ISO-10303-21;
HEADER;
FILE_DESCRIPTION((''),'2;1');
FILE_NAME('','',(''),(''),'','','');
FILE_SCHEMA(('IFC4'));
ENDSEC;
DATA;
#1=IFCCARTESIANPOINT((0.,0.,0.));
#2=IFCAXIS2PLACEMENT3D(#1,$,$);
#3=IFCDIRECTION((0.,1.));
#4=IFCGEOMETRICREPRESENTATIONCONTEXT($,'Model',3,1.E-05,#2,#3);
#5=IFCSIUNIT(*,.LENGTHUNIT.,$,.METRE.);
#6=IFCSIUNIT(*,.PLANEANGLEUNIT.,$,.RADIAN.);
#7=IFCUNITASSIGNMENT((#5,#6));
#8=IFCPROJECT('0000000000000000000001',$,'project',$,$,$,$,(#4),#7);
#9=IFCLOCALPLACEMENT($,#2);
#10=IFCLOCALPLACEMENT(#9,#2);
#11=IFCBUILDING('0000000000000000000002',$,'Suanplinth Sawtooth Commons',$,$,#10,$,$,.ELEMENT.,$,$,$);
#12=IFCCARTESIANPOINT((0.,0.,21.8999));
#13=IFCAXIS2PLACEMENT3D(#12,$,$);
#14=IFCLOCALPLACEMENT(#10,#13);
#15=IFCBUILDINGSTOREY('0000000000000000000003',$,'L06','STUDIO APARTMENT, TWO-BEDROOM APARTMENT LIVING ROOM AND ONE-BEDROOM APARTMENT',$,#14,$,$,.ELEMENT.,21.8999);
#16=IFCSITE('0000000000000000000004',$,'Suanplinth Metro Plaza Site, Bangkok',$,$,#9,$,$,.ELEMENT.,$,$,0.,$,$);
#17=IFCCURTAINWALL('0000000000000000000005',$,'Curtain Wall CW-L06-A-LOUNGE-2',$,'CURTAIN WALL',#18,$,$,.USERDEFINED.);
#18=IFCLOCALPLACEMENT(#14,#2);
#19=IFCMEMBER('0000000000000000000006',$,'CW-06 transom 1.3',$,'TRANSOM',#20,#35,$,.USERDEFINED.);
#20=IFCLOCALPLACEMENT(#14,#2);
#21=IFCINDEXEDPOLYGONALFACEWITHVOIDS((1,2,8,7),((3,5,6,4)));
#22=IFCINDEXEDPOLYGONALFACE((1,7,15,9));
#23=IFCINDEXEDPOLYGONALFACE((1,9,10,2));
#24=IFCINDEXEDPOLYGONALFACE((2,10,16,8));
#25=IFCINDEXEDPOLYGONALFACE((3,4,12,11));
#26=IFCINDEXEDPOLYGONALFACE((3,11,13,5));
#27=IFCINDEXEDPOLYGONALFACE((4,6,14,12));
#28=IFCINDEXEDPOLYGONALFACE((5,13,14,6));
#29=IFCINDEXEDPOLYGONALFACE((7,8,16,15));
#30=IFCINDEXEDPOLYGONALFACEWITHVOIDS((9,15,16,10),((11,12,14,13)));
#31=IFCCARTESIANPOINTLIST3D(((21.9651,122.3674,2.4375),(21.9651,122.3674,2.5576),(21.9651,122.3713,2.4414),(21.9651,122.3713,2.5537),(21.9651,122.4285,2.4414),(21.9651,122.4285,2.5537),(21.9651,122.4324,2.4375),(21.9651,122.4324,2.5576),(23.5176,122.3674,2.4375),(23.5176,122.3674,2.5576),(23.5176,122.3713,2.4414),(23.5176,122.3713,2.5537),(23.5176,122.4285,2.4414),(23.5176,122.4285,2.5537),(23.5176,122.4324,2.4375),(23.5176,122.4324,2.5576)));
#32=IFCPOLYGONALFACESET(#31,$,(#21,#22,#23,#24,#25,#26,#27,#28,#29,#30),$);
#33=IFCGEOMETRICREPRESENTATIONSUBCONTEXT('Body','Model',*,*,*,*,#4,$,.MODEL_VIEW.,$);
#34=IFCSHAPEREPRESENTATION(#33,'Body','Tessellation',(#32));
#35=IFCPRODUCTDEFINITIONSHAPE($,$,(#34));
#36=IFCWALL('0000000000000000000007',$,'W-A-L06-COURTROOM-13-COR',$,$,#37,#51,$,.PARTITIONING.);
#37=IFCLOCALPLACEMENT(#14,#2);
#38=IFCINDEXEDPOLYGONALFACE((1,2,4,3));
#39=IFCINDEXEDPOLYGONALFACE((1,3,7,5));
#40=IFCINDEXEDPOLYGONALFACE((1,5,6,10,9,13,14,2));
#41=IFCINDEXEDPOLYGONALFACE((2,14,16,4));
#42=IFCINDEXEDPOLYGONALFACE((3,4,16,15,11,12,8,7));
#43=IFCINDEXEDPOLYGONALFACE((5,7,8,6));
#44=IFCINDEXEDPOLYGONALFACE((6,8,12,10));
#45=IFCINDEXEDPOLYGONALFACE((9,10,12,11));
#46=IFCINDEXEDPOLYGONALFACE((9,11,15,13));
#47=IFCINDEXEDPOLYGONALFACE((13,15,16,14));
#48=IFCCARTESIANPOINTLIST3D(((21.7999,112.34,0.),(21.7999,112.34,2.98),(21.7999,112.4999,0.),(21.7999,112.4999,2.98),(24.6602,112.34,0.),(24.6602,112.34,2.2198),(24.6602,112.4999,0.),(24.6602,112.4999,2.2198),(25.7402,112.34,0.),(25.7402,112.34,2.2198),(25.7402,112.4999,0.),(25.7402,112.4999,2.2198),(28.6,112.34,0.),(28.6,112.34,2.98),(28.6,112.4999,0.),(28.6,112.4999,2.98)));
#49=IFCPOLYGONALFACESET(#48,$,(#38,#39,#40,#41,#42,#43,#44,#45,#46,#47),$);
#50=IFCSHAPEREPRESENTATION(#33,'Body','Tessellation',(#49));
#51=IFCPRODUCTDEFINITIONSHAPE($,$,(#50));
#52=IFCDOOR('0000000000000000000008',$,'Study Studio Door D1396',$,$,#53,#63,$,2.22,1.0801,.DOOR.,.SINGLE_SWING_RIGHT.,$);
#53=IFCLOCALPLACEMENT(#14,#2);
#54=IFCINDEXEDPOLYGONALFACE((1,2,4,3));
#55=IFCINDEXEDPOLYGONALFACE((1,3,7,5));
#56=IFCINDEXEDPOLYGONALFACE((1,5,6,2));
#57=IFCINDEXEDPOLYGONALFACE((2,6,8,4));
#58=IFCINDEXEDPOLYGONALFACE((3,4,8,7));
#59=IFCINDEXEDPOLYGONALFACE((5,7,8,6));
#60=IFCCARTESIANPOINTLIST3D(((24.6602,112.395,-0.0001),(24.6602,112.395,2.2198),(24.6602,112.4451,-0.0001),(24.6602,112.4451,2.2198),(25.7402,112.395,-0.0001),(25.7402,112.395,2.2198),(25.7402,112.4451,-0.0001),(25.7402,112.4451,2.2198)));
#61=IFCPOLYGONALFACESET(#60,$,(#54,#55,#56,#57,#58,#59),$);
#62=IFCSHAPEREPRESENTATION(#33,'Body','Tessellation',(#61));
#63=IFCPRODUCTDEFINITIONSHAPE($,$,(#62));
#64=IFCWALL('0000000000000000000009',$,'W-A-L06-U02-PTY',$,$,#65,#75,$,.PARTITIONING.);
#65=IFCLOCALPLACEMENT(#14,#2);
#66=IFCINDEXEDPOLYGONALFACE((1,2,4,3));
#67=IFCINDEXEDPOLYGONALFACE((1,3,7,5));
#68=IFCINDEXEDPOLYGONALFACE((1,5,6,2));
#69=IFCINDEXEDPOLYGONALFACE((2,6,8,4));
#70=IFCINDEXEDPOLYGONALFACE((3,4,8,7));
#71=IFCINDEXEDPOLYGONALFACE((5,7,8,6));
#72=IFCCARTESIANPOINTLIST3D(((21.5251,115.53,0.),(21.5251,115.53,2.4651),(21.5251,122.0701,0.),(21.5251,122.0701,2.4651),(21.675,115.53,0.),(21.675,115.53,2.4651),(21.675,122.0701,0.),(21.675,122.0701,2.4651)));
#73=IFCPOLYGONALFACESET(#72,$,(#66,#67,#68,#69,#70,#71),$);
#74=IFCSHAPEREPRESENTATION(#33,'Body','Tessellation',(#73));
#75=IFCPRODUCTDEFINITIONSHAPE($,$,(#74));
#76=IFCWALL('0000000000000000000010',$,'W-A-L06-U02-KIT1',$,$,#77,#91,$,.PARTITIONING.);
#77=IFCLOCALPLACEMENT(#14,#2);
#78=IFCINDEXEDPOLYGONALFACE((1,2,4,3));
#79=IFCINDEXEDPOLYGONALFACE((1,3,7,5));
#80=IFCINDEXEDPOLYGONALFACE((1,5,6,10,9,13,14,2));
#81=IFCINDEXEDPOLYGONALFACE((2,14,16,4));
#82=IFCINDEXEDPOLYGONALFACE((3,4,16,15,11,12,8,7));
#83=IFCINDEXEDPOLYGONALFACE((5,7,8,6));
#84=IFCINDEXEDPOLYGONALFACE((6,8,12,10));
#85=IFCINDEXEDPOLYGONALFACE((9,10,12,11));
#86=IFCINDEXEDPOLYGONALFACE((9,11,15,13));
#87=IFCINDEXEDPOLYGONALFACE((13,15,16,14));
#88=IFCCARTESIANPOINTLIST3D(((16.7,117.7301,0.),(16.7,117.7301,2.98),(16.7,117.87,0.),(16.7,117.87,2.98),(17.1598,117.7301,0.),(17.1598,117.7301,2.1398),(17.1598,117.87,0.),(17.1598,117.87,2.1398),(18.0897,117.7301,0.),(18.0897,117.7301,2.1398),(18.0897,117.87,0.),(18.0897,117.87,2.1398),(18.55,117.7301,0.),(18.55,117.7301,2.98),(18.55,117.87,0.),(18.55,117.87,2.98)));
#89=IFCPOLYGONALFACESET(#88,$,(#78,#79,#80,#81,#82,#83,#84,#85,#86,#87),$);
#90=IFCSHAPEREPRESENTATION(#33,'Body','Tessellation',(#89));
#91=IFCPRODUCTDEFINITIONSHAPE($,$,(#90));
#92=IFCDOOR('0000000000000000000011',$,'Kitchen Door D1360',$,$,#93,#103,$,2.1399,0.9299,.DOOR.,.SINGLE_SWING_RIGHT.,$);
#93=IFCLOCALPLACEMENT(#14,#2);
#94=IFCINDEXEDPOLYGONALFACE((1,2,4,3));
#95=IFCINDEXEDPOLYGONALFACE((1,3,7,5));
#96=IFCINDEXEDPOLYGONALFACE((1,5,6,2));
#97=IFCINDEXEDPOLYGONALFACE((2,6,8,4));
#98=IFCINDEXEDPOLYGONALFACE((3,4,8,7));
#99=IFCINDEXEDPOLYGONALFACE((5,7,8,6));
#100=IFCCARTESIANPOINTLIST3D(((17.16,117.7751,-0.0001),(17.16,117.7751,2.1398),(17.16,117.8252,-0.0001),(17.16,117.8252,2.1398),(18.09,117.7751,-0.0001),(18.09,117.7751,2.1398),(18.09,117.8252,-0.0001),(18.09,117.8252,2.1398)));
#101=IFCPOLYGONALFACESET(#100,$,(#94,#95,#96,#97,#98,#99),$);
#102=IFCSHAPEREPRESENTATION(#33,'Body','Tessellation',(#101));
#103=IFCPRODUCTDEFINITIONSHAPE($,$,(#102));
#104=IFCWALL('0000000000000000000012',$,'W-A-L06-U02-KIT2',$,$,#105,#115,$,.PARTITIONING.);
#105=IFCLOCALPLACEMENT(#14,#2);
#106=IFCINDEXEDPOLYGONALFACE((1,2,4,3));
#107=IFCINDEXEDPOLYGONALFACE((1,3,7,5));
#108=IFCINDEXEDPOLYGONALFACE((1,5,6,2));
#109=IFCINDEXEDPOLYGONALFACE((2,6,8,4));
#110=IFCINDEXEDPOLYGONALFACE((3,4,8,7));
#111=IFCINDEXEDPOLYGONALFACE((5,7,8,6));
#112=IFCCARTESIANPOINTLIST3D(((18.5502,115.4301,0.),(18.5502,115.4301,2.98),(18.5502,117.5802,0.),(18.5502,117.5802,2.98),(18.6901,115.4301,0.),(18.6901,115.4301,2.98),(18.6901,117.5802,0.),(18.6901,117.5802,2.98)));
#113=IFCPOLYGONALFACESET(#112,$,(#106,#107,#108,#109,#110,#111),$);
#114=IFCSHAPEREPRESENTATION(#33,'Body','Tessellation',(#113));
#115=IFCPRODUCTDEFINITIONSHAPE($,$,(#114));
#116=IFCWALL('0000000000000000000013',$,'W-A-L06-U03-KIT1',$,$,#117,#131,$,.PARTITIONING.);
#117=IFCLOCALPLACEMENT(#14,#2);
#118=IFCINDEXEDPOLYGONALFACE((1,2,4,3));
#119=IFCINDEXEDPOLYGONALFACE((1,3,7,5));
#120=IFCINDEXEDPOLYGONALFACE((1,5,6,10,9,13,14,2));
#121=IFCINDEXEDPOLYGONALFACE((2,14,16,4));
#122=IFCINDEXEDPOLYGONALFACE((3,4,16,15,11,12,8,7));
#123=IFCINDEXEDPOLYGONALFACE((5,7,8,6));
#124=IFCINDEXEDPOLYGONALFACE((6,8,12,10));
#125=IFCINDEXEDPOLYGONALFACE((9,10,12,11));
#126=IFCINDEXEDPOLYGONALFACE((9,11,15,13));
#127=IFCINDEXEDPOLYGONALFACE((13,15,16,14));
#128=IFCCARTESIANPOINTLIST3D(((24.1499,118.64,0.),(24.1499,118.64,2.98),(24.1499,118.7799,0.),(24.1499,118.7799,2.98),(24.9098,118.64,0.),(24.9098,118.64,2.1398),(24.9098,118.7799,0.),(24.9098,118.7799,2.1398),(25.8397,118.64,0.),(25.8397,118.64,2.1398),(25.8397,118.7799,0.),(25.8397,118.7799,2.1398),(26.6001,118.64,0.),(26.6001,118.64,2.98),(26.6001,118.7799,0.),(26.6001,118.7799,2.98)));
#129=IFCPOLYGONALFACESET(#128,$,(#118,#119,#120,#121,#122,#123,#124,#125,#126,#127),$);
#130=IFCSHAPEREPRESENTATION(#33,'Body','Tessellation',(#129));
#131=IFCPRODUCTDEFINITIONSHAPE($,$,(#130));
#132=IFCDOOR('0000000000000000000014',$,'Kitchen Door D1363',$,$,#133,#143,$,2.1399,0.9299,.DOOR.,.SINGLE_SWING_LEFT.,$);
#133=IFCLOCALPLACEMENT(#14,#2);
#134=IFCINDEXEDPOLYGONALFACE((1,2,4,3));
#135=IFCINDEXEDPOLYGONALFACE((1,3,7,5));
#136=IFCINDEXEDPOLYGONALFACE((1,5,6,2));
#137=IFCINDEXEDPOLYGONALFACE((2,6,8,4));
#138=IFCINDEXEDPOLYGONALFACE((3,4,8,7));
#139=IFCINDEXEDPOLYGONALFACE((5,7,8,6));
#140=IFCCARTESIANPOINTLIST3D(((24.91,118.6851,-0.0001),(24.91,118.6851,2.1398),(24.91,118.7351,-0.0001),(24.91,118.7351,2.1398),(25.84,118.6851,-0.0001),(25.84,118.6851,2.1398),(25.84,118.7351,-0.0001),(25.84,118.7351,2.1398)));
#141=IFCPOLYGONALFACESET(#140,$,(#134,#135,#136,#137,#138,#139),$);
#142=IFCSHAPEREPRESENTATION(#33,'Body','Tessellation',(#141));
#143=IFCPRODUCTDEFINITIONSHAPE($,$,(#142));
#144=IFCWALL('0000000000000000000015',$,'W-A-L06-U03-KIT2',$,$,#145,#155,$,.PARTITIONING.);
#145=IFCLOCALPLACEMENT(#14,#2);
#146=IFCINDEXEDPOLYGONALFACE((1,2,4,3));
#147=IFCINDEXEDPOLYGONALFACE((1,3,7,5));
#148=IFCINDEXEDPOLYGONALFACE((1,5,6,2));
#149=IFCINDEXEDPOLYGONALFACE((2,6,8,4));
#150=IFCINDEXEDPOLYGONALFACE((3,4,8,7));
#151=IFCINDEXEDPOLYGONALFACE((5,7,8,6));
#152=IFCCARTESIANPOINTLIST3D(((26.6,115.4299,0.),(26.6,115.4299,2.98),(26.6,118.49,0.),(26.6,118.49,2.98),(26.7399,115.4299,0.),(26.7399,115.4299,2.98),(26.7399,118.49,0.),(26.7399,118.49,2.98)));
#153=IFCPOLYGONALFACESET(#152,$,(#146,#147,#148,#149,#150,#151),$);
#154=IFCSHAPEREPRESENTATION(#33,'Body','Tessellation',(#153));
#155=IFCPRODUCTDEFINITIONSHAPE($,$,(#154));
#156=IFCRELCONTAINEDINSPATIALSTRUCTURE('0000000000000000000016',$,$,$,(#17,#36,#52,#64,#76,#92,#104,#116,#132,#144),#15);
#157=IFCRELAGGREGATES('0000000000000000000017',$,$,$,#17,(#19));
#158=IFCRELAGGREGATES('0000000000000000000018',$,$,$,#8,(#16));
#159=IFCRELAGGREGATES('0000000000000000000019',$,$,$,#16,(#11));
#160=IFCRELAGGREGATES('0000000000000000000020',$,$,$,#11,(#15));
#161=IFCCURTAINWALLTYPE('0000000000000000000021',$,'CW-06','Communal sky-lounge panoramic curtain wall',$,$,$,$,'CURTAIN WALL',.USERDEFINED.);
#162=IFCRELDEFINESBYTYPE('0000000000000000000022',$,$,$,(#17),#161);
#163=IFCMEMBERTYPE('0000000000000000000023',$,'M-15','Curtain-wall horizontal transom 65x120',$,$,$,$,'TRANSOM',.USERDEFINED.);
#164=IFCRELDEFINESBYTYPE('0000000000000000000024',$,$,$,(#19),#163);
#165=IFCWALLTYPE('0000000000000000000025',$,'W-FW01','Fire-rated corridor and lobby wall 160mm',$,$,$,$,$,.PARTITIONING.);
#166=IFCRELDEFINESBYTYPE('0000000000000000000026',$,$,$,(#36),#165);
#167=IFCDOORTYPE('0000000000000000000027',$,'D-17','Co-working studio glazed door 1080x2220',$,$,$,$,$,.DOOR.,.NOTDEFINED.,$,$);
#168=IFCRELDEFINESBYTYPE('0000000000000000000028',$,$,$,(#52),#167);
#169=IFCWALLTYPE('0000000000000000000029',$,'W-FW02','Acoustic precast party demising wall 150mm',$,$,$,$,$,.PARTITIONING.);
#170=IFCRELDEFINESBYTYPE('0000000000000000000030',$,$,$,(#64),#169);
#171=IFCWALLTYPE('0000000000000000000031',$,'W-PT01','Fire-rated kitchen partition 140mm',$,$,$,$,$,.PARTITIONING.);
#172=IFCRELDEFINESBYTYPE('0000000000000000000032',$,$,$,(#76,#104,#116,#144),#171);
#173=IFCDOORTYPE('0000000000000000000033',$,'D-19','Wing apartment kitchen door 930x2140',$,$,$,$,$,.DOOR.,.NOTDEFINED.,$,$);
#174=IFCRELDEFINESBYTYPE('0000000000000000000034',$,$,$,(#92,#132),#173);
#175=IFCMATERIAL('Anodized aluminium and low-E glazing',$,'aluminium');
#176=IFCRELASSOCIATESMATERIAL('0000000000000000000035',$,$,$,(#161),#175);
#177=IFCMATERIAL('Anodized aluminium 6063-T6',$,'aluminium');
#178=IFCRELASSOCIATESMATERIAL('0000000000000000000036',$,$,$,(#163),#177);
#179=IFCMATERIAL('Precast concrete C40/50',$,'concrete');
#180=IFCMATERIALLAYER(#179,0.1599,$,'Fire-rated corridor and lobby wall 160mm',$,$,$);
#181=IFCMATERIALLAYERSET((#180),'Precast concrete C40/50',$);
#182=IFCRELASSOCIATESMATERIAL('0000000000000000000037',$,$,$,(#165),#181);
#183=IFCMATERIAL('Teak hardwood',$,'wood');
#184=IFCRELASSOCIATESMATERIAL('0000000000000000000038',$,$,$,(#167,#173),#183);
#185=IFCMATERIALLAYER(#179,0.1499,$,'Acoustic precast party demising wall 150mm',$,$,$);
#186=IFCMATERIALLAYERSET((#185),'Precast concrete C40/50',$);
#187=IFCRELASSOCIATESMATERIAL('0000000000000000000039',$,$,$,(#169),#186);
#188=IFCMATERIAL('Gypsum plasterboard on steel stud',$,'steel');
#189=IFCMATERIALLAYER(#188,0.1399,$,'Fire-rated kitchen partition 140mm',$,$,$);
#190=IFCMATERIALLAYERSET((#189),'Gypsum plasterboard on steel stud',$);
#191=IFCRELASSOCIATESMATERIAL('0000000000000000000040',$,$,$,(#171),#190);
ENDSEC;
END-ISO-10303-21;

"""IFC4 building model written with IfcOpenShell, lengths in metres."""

from ifc_helpers import new_model, si_unit, direction, frame, frame_2d, origin, origin_2d, place, context, subcontext, project, spatial, rectangle, hollow_rectangle, extrude, material, layer, layer_set, material_profile, profile_set, type_object, element, fill, aggregate, save


model = new_model("IFC4")

# Units and contexts
model_context = context("Model", 3, precision=1e-05, world=origin(), true_north=direction((0.0, 1.0)))
body_context = subcontext(model_context, "Body", "Model", "MODEL_VIEW")
ifc_project = project(units=[si_unit("LENGTHUNIT", "METRE"), si_unit("PLANEANGLEUNIT", "RADIAN")], contexts=[model_context])

# Site, building, storey
site_placement = place(None, origin())
site = spatial("IfcSite", under=ifc_project, at=site_placement, Name="Suanplinth Metro Plaza Site, Bangkok", CompositionType="ELEMENT", RefElevation=0.0)
building_placement = place(site_placement, origin())
building = spatial("IfcBuilding", under=site, at=building_placement, Name="Suanplinth Sawtooth Commons", CompositionType="ELEMENT")
storey_placement = place(building_placement, frame((0.0, 0.0, 21.8999)))
storey = spatial("IfcBuildingStorey", under=building, at=storey_placement, Name="L06", Description="STUDIO APARTMENT, TWO-BEDROOM APARTMENT LIVING ROOM AND ONE-BEDROOM APARTMENT", CompositionType="ELEMENT", Elevation=21.8999)

# Shared definitions
ifc_material_1 = material(Name="Precast concrete C40/50", Category="concrete")

# Curtain wall, member
ifc_material_2 = material(Name="Anodized aluminium and low-E glazing", Category="aluminium")
curtain_wall_type = type_object("IfcCurtainWallType", Name="CW-06", Description="Communal sky-lounge panoramic curtain wall", ElementType="CURTAIN WALL", PredefinedType="USERDEFINED", material=ifc_material_2)
curtain_wall_placement = place(storey_placement, origin())
curtain_wall = element("IfcCurtainWall", 1, at=curtain_wall_placement, inside=storey, type_object=curtain_wall_type, Name="Curtain Wall CW-L06-A-LOUNGE-2", ObjectType="CURTAIN WALL", PredefinedType="USERDEFINED")
ifc_material_3 = material(Name="Anodized aluminium 6063-T6", Category="aluminium")
ifc_material_profile_1 = material_profile(ifc_material_3, hollow_rectangle(XDim=0.0649, YDim=0.1201, WallThickness=0.0039, at=origin_2d()), Name="ALU-TRN 65x120")
ifc_profile_set_1 = profile_set([ifc_material_profile_1], Name="Anodized aluminium 6063-T6")
member_type_1 = type_object("IfcMemberType", Name="M-15", Description="Curtain-wall horizontal transom 65x120", ElementType="TRANSOM", PredefinedType="USERDEFINED", material=ifc_profile_set_1)
member_1_placement = place(storey_placement, frame((21.9651, 122.3999, 2.4976), z_axis=(1.0, 0.0, 0.0), x_axis=(0.0, 1.0, 0.0)))
member_1 = element("IfcMember", 2, at=member_1_placement, type_object=member_type_1, Name="CW-06 transom 1.3", ObjectType="TRANSOM", PredefinedType="USERDEFINED", context=body_context, shape_type="SweptSolid", body=[
    extrude(hollow_rectangle(XDim=0.0649, YDim=0.1201, WallThickness=0.0039, at=origin_2d()), origin(), (0.0, 0.0, 1.0), 1.5525),
])
aggregate(curtain_wall, [member_1])

# Wall, opening, door
ifc_layer_1 = layer(ifc_material_1, 0.1599, Name="Fire-rated corridor and lobby wall 160mm")
ifc_layer_set_1 = layer_set([ifc_layer_1], Name="Precast concrete C40/50")
wall_type_1 = type_object("IfcWallType", Name="W-FW01", Description="Fire-rated corridor and lobby wall 160mm", PredefinedType="PARTITIONING", material=ifc_layer_set_1)
wall_1_placement = place(storey_placement, frame((21.8, 112.4199, 0.0), z_axis=(0.0, 0.0, 1.0), x_axis=(1.0, 0.0, 0.0)))
wall_1 = element("IfcWall", 3, at=wall_1_placement, inside=storey, type_object=wall_type_1, Name="W-A-L06-COURTROOM-13-COR", PredefinedType="PARTITIONING", context=body_context, shape_type="SweptSolid", body=[
    extrude(rectangle(XDim=6.8, YDim=0.1599, at=frame_2d((3.3999, 0.0))), origin(), (0.0, 0.0, 1.0), 2.98),
])
opening_1_placement = place(wall_1_placement, frame((2.8601, 0.0, 0.0)))
opening_1 = element("IfcOpeningElement", 4, at=opening_1_placement, cuts=wall_1, PredefinedType="OPENING", context=body_context, shape_type="SweptSolid", body=[
    extrude(rectangle(XDim=1.0801, YDim=2.22, at=frame_2d((0.54, 1.1099))), frame((0.0, 0.0947, 0.0), z_axis=(0.0, -1.0, 0.0), x_axis=(1.0, 0.0, 0.0)), (0.0, 0.0, 1.0), 0.1897),
])
ifc_material_4 = material(Name="Teak hardwood", Category="wood")
door_type_1 = type_object("IfcDoorType", Name="D-17", Description="Co-working studio glazed door 1080x2220", OperationType="NOTDEFINED", PredefinedType="DOOR", material=ifc_material_4)
door_1_placement = place(opening_1_placement, frame((1.0801, 0.0, 0.0), z_axis=(0.0, 0.0, 1.0), x_axis=(-1.0, 0.0, 0.0)))
door_1 = element("IfcDoor", 5, at=door_1_placement, inside=storey, type_object=door_type_1, Name="Study Studio Door D1396", OperationType="SINGLE_SWING_RIGHT", OverallHeight=2.22, OverallWidth=1.0801, PredefinedType="DOOR", context=body_context, shape_type="SweptSolid", body=[
    extrude(rectangle(XDim=1.0801, YDim=2.22, at=frame_2d((0.54, 1.1099))), frame((0.0, 0.0249, 0.0), z_axis=(0.0, -1.0, 0.0), x_axis=(1.0, 0.0, 0.0)), (0.0, 0.0, 1.0), 0.05),
])
fill(opening_1, door_1)

# Wall
ifc_layer_2 = layer(ifc_material_1, 0.1499, Name="Acoustic precast party demising wall 150mm")
ifc_layer_set_2 = layer_set([ifc_layer_2], Name="Precast concrete C40/50")
wall_type_2 = type_object("IfcWallType", Name="W-FW02", Description="Acoustic precast party demising wall 150mm", PredefinedType="PARTITIONING", material=ifc_layer_set_2)
wall_2_placement = place(storey_placement, frame((21.6001, 115.53, 0.0), z_axis=(0.0, 0.0, 1.0), x_axis=(0.0, 1.0, 0.0)))
element("IfcWall", 6, at=wall_2_placement, inside=storey, type_object=wall_type_2, Name="W-A-L06-U02-PTY", PredefinedType="PARTITIONING", context=body_context, shape_type="SweptSolid", body=[
    extrude(rectangle(XDim=6.54, YDim=0.1499, at=frame_2d((3.27, 0.0))), origin(), (0.0, 0.0, 1.0), 2.4651),
])

# Wall, opening, door
ifc_material_5 = material(Name="Gypsum plasterboard on steel stud", Category="steel")
ifc_layer_3 = layer(ifc_material_5, 0.1399, Name="Fire-rated kitchen partition 140mm")
ifc_layer_set_3 = layer_set([ifc_layer_3], Name="Gypsum plasterboard on steel stud")
wall_type_3 = type_object("IfcWallType", Name="W-PT01", Description="Fire-rated kitchen partition 140mm", PredefinedType="PARTITIONING", material=ifc_layer_set_3)
wall_3_placement = place(storey_placement, frame((16.7, 117.8, 0.0), z_axis=(0.0, 0.0, 1.0), x_axis=(1.0, 0.0, 0.0)))
wall_3 = element("IfcWall", 7, at=wall_3_placement, inside=storey, type_object=wall_type_3, Name="W-A-L06-U02-KIT1", PredefinedType="PARTITIONING", context=body_context, shape_type="SweptSolid", body=[
    extrude(rectangle(XDim=1.8501, YDim=0.1399, at=frame_2d((0.925, 0.0))), origin(), (0.0, 0.0, 1.0), 2.98),
])
opening_2_placement = place(wall_3_placement, frame((0.46, 0.0, 0.0)))
opening_2 = element("IfcOpeningElement", 8, at=opening_2_placement, cuts=wall_3, PredefinedType="OPENING", context=body_context, shape_type="SweptSolid", body=[
    extrude(rectangle(XDim=0.9299, YDim=2.1399, at=frame_2d((0.4648, 1.0698))), frame((0.0, 0.085, 0.0), z_axis=(0.0, -1.0, 0.0), x_axis=(1.0, 0.0, 0.0)), (0.0, 0.0, 1.0), 0.1697),
])
door_type_2 = type_object("IfcDoorType", Name="D-19", Description="Wing apartment kitchen door 930x2140", OperationType="NOTDEFINED", PredefinedType="DOOR", material=ifc_material_4)
door_2_placement = place(opening_2_placement, frame((0.9299, 0.0, 0.0), z_axis=(0.0, 0.0, 1.0), x_axis=(-1.0, 0.0, 0.0)))
door_2 = element("IfcDoor", 9, at=door_2_placement, inside=storey, type_object=door_type_2, Name="Kitchen Door D1360", OperationType="SINGLE_SWING_RIGHT", OverallHeight=2.1399, OverallWidth=0.9299, PredefinedType="DOOR", context=body_context, shape_type="SweptSolid", body=[
    extrude(rectangle(XDim=0.9299, YDim=2.1399, at=frame_2d((0.4648, 1.0698))), frame((0.0, 0.0249, 0.0), z_axis=(0.0, -1.0, 0.0), x_axis=(1.0, 0.0, 0.0)), (0.0, 0.0, 1.0), 0.05),
])
fill(opening_2, door_2)

# Wall
wall_4_placement = place(storey_placement, frame((18.6201, 115.4299, 0.0), z_axis=(0.0, 0.0, 1.0), x_axis=(0.0, 1.0, 0.0)))
element("IfcWall", 10, at=wall_4_placement, inside=storey, type_object=wall_type_3, Name="W-A-L06-U02-KIT2", PredefinedType="PARTITIONING", context=body_context, shape_type="SweptSolid", body=[
    extrude(rectangle(XDim=2.1501, YDim=0.1399, at=frame_2d((1.0752, 0.0))), origin(), (0.0, 0.0, 1.0), 2.98),
])

# Wall, opening, door
wall_5_placement = place(storey_placement, frame((24.1499, 118.71, 0.0), z_axis=(0.0, 0.0, 1.0), x_axis=(1.0, 0.0, 0.0)))
wall_5 = element("IfcWall", 11, at=wall_5_placement, inside=storey, type_object=wall_type_3, Name="W-A-L06-U03-KIT1", PredefinedType="PARTITIONING", context=body_context, shape_type="SweptSolid", body=[
    extrude(rectangle(XDim=2.4502, YDim=0.1399, at=frame_2d((1.2251, 0.0))), origin(), (0.0, 0.0, 1.0), 2.98),
])
opening_3_placement = place(wall_5_placement, frame((0.76, 0.0, 0.0)))
opening_3 = element("IfcOpeningElement", 12, at=opening_3_placement, cuts=wall_5, PredefinedType="OPENING", context=body_context, shape_type="SweptSolid", body=[
    extrude(rectangle(XDim=0.9299, YDim=2.1399, at=frame_2d((0.4648, 1.0698))), frame((0.0, 0.085, 0.0), z_axis=(0.0, -1.0, 0.0), x_axis=(1.0, 0.0, 0.0)), (0.0, 0.0, 1.0), 0.1697),
])
door_3_placement = place(opening_3_placement, frame((0.9299, 0.0, 0.0), z_axis=(0.0, 0.0, 1.0), x_axis=(-1.0, 0.0, 0.0)))
door_3 = element("IfcDoor", 13, at=door_3_placement, inside=storey, type_object=door_type_2, Name="Kitchen Door D1363", OperationType="SINGLE_SWING_LEFT", OverallHeight=2.1399, OverallWidth=0.9299, PredefinedType="DOOR", context=body_context, shape_type="SweptSolid", body=[
    extrude(rectangle(XDim=0.9299, YDim=2.1399, at=frame_2d((0.4648, 1.0698))), frame((0.0, 0.0249, 0.0), z_axis=(0.0, -1.0, 0.0), x_axis=(1.0, 0.0, 0.0)), (0.0, 0.0, 1.0), 0.05),
])
fill(opening_3, door_3)

# Wall
wall_6_placement = place(storey_placement, frame((26.6699, 115.4299, 0.0), z_axis=(0.0, 0.0, 1.0), x_axis=(0.0, 1.0, 0.0)))
element("IfcWall", 14, at=wall_6_placement, inside=storey, type_object=wall_type_3, Name="W-A-L06-U03-KIT2", PredefinedType="PARTITIONING", context=body_context, shape_type="SweptSolid", body=[
    extrude(rectangle(XDim=3.0601, YDim=0.1399, at=frame_2d((1.53, 0.0))), origin(), (0.0, 0.0, 1.0), 2.98),
])

save(model, "model.ifc")
